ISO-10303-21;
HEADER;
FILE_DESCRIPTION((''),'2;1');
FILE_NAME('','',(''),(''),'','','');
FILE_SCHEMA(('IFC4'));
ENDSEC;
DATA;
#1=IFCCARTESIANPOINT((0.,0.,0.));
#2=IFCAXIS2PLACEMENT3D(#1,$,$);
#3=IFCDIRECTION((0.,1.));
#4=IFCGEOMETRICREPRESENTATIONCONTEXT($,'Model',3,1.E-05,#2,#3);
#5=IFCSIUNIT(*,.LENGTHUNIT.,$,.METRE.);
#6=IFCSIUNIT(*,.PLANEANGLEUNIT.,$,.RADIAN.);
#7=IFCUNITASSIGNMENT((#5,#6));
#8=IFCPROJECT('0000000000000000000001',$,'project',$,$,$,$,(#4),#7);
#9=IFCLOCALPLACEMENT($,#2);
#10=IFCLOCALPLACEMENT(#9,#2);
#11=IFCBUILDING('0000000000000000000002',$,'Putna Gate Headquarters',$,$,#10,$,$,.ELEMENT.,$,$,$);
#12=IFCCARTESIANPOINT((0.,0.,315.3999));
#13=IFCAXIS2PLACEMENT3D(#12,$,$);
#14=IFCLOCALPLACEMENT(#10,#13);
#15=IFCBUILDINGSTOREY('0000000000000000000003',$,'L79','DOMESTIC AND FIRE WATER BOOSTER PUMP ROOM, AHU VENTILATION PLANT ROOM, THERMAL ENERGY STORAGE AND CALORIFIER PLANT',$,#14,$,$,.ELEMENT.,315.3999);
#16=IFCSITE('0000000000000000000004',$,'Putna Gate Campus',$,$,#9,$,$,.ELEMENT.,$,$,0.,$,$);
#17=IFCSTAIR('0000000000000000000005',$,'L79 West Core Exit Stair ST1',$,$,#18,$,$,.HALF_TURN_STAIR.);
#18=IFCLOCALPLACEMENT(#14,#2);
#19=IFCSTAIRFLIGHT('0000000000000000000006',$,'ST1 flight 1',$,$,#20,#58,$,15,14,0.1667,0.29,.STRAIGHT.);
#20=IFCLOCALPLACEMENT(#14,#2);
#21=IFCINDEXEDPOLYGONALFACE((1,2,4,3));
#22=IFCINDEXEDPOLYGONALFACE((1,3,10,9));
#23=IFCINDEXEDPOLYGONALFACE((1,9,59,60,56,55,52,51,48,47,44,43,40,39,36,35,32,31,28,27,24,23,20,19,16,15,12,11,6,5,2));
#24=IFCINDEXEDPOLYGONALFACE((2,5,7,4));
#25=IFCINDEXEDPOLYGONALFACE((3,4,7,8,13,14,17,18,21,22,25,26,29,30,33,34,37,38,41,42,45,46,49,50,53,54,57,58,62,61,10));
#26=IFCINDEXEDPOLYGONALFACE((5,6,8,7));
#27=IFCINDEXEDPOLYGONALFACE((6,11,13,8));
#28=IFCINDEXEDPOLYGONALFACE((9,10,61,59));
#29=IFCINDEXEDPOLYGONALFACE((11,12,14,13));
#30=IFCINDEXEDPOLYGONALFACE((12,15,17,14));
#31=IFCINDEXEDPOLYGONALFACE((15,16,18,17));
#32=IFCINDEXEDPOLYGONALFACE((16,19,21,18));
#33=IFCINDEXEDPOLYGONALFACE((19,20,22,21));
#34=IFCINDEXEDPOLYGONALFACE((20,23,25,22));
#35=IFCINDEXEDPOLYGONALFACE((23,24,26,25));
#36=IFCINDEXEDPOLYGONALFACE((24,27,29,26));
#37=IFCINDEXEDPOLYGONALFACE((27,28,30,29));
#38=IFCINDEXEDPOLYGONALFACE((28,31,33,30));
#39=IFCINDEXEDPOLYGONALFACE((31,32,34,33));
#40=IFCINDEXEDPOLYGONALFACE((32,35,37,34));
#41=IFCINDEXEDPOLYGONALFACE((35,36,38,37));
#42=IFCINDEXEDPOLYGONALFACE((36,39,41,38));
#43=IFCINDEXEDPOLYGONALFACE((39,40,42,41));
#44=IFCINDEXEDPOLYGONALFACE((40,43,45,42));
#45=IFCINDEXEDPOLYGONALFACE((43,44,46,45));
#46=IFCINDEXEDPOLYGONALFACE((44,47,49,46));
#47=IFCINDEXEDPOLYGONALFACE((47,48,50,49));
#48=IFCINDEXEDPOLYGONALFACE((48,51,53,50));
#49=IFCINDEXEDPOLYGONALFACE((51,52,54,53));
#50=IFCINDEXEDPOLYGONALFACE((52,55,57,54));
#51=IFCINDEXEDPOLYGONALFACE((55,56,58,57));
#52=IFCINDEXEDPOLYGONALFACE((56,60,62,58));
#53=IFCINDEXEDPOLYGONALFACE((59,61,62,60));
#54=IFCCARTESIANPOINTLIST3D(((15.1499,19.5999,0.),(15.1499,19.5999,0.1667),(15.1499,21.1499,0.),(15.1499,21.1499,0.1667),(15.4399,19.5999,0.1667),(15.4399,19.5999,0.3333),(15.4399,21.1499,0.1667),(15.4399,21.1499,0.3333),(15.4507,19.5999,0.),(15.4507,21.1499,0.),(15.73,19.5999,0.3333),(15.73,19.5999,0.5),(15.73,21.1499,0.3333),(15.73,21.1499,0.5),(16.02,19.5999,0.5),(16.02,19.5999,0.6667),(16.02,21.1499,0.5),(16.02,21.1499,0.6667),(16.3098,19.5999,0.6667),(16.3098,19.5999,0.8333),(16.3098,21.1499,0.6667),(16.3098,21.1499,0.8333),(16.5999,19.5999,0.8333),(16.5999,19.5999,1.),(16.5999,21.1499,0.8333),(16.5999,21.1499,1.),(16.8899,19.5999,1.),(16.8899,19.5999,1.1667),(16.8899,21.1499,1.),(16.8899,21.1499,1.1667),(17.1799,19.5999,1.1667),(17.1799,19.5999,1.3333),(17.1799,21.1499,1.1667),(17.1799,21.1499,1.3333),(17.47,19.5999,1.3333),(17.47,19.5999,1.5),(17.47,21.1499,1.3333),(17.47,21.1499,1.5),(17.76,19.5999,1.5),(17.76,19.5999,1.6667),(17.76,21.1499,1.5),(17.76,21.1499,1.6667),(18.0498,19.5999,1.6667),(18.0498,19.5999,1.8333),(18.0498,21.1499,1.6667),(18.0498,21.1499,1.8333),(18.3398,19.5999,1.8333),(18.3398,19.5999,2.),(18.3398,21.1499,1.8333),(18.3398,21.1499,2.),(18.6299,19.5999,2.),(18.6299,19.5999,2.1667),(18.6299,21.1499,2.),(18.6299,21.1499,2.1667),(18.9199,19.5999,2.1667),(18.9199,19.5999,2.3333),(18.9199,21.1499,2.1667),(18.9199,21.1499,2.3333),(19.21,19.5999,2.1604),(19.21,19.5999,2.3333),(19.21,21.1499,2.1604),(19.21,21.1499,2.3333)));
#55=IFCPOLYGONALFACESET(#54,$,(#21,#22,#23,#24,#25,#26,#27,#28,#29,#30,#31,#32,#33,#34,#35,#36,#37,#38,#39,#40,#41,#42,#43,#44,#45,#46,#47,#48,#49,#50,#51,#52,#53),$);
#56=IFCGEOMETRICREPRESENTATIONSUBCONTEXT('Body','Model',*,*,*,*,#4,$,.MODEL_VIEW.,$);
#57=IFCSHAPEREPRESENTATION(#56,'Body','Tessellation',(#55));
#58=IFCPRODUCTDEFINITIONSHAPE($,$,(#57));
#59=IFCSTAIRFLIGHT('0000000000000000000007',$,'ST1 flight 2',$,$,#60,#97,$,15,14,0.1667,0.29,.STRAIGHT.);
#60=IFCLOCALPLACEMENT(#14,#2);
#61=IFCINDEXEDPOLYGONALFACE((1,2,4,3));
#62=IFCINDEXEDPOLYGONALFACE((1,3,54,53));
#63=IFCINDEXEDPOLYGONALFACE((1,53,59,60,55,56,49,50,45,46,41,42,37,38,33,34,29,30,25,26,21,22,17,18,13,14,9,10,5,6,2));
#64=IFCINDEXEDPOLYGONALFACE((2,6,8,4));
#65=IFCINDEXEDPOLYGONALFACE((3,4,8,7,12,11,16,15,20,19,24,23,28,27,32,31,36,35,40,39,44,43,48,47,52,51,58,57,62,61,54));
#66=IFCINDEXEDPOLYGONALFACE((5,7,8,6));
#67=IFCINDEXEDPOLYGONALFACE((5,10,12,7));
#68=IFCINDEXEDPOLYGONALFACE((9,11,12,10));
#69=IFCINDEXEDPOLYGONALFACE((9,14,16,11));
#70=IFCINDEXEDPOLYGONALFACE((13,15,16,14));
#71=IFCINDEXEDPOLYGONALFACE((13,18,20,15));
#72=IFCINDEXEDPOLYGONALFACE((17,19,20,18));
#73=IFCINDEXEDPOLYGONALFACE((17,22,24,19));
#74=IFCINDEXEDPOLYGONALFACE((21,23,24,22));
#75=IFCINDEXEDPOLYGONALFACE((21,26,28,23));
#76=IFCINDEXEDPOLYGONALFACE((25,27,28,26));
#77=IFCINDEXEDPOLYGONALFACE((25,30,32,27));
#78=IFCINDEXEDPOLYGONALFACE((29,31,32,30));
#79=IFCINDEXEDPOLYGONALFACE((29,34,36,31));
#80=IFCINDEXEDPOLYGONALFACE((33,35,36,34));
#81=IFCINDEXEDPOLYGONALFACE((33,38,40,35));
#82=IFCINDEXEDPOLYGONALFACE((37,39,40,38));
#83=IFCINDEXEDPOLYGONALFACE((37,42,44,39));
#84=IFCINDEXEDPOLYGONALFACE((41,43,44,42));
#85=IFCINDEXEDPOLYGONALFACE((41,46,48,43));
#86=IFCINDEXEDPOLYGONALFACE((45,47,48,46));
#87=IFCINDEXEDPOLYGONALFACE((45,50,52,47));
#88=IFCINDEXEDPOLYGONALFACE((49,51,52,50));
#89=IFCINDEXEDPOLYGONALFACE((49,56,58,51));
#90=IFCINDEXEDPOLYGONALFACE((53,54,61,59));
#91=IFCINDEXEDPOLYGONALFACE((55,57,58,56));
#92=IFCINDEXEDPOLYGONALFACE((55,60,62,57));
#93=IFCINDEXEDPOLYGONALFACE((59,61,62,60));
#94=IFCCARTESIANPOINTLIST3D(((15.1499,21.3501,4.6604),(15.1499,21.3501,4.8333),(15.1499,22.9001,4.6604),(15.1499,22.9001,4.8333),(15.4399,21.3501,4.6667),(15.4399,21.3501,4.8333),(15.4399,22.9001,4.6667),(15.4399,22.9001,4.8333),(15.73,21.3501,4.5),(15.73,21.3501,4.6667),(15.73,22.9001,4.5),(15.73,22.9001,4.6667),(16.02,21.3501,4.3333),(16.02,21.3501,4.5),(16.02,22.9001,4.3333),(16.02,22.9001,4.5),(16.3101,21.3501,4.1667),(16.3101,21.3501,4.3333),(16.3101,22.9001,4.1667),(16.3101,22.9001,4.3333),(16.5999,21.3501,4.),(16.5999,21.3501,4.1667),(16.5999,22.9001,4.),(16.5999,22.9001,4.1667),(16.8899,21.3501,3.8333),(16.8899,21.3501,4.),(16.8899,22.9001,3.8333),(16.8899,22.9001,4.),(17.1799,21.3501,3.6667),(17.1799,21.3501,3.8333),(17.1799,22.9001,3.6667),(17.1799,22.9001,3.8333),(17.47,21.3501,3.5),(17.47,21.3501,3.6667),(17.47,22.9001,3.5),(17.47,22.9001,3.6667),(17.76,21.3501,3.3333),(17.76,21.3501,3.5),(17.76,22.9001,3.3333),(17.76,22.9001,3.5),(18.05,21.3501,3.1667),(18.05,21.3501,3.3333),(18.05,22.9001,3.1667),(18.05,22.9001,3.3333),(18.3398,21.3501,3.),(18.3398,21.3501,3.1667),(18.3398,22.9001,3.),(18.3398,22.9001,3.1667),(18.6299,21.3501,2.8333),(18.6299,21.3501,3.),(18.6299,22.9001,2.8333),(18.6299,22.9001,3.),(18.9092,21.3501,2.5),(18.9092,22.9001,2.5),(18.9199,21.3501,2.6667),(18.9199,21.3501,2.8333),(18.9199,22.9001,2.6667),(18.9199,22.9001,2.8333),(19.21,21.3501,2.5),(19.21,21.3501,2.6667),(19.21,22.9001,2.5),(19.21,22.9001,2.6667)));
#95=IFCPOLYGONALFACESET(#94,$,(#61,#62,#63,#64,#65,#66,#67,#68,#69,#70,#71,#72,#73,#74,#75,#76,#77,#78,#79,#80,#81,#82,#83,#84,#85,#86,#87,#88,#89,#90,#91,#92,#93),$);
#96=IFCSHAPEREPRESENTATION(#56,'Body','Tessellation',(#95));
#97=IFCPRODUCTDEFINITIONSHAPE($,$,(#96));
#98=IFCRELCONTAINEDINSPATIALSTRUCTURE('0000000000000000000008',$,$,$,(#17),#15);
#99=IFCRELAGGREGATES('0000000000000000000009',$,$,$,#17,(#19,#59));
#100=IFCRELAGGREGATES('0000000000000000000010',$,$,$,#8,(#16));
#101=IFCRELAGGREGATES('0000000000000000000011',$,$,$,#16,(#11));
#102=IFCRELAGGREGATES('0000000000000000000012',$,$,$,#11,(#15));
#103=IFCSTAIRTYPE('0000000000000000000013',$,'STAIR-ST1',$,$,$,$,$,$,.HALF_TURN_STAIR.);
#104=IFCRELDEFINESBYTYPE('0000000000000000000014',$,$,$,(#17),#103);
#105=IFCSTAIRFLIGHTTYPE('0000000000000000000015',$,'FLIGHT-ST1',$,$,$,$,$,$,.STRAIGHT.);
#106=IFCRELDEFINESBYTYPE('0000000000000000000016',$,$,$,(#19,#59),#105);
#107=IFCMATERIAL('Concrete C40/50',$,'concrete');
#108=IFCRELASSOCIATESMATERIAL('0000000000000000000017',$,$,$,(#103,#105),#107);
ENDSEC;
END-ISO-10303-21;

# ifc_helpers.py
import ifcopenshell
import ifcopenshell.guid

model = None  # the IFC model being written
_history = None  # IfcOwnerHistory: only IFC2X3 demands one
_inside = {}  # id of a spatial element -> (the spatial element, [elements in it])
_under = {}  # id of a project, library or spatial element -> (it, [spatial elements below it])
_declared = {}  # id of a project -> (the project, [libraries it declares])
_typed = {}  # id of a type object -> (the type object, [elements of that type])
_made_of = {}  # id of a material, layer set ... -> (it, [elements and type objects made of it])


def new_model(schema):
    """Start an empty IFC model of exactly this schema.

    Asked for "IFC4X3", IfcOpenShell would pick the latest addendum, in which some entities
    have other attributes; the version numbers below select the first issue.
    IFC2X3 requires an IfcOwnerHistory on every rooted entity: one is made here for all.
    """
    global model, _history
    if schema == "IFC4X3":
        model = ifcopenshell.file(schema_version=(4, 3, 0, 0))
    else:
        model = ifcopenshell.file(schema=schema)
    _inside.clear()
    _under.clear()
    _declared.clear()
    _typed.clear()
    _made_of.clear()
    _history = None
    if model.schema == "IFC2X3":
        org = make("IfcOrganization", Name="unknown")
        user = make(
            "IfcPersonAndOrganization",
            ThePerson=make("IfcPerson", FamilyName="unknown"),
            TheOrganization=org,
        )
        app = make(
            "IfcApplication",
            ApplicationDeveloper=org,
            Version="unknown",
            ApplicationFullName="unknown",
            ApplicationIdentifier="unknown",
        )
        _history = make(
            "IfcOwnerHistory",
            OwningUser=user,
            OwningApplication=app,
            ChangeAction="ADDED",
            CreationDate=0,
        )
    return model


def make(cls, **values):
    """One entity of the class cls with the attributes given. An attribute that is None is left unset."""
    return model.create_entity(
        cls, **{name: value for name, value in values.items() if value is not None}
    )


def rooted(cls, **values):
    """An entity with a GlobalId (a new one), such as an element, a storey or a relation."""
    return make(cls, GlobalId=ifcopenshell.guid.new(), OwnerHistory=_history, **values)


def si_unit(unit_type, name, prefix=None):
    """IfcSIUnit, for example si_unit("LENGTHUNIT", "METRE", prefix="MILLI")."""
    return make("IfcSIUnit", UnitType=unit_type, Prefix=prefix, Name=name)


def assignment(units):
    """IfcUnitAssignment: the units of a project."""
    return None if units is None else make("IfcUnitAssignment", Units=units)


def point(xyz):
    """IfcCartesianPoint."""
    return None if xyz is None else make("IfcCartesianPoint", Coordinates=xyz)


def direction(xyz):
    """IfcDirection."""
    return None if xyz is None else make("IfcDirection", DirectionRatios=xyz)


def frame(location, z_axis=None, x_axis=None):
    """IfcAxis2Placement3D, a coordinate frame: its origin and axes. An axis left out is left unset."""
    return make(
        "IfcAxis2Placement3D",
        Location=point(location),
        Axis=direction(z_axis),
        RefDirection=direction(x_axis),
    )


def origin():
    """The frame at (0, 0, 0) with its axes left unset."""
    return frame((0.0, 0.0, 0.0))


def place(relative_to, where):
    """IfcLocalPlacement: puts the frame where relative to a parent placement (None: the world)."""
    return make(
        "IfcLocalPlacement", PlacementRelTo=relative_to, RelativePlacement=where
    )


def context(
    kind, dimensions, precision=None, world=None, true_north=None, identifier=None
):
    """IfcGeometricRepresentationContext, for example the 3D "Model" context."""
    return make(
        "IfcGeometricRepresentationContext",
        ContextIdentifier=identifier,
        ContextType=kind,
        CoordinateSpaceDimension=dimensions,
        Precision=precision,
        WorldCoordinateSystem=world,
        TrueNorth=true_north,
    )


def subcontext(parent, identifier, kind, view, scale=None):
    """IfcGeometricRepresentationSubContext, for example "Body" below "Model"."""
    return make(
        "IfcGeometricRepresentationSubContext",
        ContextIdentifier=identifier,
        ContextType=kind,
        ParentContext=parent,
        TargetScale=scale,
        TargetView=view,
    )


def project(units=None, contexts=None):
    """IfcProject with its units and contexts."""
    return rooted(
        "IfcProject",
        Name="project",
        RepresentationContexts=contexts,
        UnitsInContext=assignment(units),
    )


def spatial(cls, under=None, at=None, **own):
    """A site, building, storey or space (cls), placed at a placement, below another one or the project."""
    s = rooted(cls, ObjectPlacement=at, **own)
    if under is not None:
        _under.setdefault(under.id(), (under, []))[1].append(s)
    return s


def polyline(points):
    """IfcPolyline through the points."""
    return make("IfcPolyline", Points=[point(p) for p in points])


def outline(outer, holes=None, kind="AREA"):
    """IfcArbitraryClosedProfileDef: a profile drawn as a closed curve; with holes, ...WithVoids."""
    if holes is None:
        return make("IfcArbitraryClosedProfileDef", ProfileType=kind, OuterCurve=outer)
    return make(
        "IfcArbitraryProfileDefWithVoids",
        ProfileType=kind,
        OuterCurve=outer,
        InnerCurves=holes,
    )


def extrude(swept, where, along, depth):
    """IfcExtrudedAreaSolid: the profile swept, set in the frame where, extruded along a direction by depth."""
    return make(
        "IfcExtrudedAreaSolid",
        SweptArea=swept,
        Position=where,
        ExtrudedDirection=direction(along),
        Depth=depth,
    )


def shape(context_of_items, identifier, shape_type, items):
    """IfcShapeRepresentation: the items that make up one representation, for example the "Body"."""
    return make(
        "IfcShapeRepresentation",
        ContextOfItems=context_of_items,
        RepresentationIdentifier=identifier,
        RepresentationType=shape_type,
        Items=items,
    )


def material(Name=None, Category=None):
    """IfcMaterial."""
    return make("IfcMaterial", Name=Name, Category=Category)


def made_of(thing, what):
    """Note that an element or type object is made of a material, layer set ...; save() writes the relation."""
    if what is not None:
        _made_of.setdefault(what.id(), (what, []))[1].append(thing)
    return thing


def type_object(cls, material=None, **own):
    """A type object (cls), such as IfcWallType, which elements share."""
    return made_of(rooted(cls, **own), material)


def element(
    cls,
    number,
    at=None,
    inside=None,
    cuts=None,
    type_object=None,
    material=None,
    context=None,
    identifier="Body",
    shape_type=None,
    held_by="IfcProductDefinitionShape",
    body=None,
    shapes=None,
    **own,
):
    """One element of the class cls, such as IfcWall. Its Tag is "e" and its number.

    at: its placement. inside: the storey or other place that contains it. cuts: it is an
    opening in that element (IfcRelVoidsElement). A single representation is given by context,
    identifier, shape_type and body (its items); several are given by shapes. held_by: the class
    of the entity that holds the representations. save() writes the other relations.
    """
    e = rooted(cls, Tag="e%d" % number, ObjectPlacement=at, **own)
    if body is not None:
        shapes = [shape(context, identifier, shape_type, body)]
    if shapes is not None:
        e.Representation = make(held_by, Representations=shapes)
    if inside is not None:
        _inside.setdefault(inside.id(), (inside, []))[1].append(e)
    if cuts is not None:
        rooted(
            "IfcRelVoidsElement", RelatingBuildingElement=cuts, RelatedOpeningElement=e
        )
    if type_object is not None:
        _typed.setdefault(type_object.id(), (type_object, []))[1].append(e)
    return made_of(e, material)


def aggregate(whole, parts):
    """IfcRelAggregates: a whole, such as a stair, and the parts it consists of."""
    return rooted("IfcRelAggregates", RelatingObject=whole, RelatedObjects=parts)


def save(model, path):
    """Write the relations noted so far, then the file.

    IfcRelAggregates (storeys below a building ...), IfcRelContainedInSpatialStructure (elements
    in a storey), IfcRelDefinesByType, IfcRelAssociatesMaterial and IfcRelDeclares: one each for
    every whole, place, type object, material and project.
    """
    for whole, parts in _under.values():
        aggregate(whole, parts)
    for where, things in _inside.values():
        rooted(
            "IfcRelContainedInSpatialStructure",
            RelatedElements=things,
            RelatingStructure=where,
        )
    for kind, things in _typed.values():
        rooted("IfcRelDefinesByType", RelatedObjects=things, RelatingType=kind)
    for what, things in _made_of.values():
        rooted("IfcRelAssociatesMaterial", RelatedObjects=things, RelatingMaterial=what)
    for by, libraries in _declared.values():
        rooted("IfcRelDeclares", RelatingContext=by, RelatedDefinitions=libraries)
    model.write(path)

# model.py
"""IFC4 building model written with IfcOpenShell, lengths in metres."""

from ifc_helpers import new_model, si_unit, direction, frame, origin, place, context, subcontext, project, spatial, polyline, outline, extrude, material, type_object, element, aggregate, save


model = new_model("IFC4")

# Units and contexts
model_context = context("Model", 3, precision=1e-05, world=origin(), true_north=direction((0.0, 1.0)))
body_context = subcontext(model_context, "Body", "Model", "MODEL_VIEW")
ifc_project = project(units=[si_unit("LENGTHUNIT", "METRE"), si_unit("PLANEANGLEUNIT", "RADIAN")], contexts=[model_context])

# Site, building, storey
site_placement = place(None, origin())
site = spatial("IfcSite", under=ifc_project, at=site_placement, Name="Putna Gate Campus", CompositionType="ELEMENT", RefElevation=0.0)
building_placement = place(site_placement, origin())
building = spatial("IfcBuilding", under=site, at=building_placement, Name="Putna Gate Headquarters", CompositionType="ELEMENT")
storey_placement = place(building_placement, frame((0.0, 0.0, 315.3999)))
storey = spatial("IfcBuildingStorey", under=building, at=storey_placement, Name="L79", Description="DOMESTIC AND FIRE WATER BOOSTER PUMP ROOM, AHU VENTILATION PLANT ROOM, THERMAL ENERGY STORAGE AND CALORIFIER PLANT", CompositionType="ELEMENT", Elevation=315.3999)

# Shared definitions
ifc_material_1 = material(Name="Concrete C40/50", Category="concrete")

# Stair, stair flights
stair_type = type_object("IfcStairType", Name="STAIR-ST1", PredefinedType="HALF_TURN_STAIR", material=ifc_material_1)
stair_placement = place(storey_placement, origin())
stair = element("IfcStair", 1, at=stair_placement, inside=storey, type_object=stair_type, Name="L79 West Core Exit Stair ST1", PredefinedType="HALF_TURN_STAIR")
stair_flight_type = type_object("IfcStairFlightType", Name="FLIGHT-ST1", PredefinedType="STRAIGHT", material=ifc_material_1)
stair_flight_1_placement = place(storey_placement, frame((15.1499, 20.375, 0.0), z_axis=(0.0, 0.0, 1.0), x_axis=(1.0, 0.0, 0.0)))
stair_flight_1 = element("IfcStairFlight", 2, at=stair_flight_1_placement, type_object=stair_flight_type, Name="ST1 flight 1", NumberOfRisers=15, NumberOfTreads=14, PredefinedType="STRAIGHT", RiserHeight=0.1667, TreadLength=0.29, context=body_context, shape_type="SweptSolid", body=[
    extrude(outline(polyline([(0.0, 0.0), (0.0, 0.1667), (0.29, 0.1667), (0.29, 0.3333), (0.5801, 0.3333), (0.5801, 0.5), (0.8701, 0.5), (0.8701, 0.6667), (1.1599, 0.6667), (1.1599, 0.8333), (1.45, 0.8333), (1.45, 1.0), (1.74, 1.0), (1.74, 1.1667), (2.03, 1.1667), (2.03, 1.3333), (2.3201, 1.3333), (2.3201, 1.5), (2.6101, 1.5), (2.6101, 1.6667), (2.8999, 1.6667), (2.8999, 1.8333), (3.1899, 1.8333), (3.1899, 2.0), (3.48, 2.0), (3.48, 2.1667), (3.77, 2.1667), (3.77, 2.3333), (4.0601, 2.3333), (4.0601, 2.5), (4.0601, 2.1604), (0.3008, 0.0), (0.0, 0.0)])), frame((0.0, 0.7749, 0.0), z_axis=(0.0, -1.0, 0.0), x_axis=(1.0, 0.0, 0.0)), (0.0, 0.0, 1.0), 1.55),
])
stair_flight_2_placement = place(storey_placement, frame((19.21, 22.125, 2.5), z_axis=(0.0, 0.0, 1.0), x_axis=(-1.0, 0.0, 0.0)))
stair_flight_2 = element("IfcStairFlight", 3, at=stair_flight_2_placement, type_object=stair_flight_type, Name="ST1 flight 2", NumberOfRisers=15, NumberOfTreads=14, PredefinedType="STRAIGHT", RiserHeight=0.1667, TreadLength=0.29, context=body_context, shape_type="SweptSolid", body=[
    extrude(outline(polyline([(0.0, 0.0), (0.0, 0.1667), (0.29, 0.1667), (0.29, 0.3333), (0.5801, 0.3333), (0.5801, 0.5), (0.8701, 0.5), (0.8701, 0.6667), (1.1599, 0.6667), (1.1599, 0.8333), (1.45, 0.8333), (1.45, 1.0), (1.74, 1.0), (1.74, 1.1667), (2.03, 1.1667), (2.03, 1.3333), (2.3201, 1.3333), (2.3201, 1.5), (2.6101, 1.5), (2.6101, 1.6667), (2.8999, 1.6667), (2.8999, 1.8333), (3.1899, 1.8333), (3.1899, 2.0), (3.48, 2.0), (3.48, 2.1667), (3.77, 2.1667), (3.77, 2.3333), (4.0601, 2.3333), (4.0601, 2.5), (4.0601, 2.1604), (0.3008, 0.0), (0.0, 0.0)])), frame((0.0, 0.7749, 0.0), z_axis=(0.0, -1.0, 0.0), x_axis=(1.0, 0.0, 0.0)), (0.0, 0.0, 1.0), 1.55),
])
aggregate(stair, [stair_flight_1, stair_flight_2])

save(model, "model.ifc")
